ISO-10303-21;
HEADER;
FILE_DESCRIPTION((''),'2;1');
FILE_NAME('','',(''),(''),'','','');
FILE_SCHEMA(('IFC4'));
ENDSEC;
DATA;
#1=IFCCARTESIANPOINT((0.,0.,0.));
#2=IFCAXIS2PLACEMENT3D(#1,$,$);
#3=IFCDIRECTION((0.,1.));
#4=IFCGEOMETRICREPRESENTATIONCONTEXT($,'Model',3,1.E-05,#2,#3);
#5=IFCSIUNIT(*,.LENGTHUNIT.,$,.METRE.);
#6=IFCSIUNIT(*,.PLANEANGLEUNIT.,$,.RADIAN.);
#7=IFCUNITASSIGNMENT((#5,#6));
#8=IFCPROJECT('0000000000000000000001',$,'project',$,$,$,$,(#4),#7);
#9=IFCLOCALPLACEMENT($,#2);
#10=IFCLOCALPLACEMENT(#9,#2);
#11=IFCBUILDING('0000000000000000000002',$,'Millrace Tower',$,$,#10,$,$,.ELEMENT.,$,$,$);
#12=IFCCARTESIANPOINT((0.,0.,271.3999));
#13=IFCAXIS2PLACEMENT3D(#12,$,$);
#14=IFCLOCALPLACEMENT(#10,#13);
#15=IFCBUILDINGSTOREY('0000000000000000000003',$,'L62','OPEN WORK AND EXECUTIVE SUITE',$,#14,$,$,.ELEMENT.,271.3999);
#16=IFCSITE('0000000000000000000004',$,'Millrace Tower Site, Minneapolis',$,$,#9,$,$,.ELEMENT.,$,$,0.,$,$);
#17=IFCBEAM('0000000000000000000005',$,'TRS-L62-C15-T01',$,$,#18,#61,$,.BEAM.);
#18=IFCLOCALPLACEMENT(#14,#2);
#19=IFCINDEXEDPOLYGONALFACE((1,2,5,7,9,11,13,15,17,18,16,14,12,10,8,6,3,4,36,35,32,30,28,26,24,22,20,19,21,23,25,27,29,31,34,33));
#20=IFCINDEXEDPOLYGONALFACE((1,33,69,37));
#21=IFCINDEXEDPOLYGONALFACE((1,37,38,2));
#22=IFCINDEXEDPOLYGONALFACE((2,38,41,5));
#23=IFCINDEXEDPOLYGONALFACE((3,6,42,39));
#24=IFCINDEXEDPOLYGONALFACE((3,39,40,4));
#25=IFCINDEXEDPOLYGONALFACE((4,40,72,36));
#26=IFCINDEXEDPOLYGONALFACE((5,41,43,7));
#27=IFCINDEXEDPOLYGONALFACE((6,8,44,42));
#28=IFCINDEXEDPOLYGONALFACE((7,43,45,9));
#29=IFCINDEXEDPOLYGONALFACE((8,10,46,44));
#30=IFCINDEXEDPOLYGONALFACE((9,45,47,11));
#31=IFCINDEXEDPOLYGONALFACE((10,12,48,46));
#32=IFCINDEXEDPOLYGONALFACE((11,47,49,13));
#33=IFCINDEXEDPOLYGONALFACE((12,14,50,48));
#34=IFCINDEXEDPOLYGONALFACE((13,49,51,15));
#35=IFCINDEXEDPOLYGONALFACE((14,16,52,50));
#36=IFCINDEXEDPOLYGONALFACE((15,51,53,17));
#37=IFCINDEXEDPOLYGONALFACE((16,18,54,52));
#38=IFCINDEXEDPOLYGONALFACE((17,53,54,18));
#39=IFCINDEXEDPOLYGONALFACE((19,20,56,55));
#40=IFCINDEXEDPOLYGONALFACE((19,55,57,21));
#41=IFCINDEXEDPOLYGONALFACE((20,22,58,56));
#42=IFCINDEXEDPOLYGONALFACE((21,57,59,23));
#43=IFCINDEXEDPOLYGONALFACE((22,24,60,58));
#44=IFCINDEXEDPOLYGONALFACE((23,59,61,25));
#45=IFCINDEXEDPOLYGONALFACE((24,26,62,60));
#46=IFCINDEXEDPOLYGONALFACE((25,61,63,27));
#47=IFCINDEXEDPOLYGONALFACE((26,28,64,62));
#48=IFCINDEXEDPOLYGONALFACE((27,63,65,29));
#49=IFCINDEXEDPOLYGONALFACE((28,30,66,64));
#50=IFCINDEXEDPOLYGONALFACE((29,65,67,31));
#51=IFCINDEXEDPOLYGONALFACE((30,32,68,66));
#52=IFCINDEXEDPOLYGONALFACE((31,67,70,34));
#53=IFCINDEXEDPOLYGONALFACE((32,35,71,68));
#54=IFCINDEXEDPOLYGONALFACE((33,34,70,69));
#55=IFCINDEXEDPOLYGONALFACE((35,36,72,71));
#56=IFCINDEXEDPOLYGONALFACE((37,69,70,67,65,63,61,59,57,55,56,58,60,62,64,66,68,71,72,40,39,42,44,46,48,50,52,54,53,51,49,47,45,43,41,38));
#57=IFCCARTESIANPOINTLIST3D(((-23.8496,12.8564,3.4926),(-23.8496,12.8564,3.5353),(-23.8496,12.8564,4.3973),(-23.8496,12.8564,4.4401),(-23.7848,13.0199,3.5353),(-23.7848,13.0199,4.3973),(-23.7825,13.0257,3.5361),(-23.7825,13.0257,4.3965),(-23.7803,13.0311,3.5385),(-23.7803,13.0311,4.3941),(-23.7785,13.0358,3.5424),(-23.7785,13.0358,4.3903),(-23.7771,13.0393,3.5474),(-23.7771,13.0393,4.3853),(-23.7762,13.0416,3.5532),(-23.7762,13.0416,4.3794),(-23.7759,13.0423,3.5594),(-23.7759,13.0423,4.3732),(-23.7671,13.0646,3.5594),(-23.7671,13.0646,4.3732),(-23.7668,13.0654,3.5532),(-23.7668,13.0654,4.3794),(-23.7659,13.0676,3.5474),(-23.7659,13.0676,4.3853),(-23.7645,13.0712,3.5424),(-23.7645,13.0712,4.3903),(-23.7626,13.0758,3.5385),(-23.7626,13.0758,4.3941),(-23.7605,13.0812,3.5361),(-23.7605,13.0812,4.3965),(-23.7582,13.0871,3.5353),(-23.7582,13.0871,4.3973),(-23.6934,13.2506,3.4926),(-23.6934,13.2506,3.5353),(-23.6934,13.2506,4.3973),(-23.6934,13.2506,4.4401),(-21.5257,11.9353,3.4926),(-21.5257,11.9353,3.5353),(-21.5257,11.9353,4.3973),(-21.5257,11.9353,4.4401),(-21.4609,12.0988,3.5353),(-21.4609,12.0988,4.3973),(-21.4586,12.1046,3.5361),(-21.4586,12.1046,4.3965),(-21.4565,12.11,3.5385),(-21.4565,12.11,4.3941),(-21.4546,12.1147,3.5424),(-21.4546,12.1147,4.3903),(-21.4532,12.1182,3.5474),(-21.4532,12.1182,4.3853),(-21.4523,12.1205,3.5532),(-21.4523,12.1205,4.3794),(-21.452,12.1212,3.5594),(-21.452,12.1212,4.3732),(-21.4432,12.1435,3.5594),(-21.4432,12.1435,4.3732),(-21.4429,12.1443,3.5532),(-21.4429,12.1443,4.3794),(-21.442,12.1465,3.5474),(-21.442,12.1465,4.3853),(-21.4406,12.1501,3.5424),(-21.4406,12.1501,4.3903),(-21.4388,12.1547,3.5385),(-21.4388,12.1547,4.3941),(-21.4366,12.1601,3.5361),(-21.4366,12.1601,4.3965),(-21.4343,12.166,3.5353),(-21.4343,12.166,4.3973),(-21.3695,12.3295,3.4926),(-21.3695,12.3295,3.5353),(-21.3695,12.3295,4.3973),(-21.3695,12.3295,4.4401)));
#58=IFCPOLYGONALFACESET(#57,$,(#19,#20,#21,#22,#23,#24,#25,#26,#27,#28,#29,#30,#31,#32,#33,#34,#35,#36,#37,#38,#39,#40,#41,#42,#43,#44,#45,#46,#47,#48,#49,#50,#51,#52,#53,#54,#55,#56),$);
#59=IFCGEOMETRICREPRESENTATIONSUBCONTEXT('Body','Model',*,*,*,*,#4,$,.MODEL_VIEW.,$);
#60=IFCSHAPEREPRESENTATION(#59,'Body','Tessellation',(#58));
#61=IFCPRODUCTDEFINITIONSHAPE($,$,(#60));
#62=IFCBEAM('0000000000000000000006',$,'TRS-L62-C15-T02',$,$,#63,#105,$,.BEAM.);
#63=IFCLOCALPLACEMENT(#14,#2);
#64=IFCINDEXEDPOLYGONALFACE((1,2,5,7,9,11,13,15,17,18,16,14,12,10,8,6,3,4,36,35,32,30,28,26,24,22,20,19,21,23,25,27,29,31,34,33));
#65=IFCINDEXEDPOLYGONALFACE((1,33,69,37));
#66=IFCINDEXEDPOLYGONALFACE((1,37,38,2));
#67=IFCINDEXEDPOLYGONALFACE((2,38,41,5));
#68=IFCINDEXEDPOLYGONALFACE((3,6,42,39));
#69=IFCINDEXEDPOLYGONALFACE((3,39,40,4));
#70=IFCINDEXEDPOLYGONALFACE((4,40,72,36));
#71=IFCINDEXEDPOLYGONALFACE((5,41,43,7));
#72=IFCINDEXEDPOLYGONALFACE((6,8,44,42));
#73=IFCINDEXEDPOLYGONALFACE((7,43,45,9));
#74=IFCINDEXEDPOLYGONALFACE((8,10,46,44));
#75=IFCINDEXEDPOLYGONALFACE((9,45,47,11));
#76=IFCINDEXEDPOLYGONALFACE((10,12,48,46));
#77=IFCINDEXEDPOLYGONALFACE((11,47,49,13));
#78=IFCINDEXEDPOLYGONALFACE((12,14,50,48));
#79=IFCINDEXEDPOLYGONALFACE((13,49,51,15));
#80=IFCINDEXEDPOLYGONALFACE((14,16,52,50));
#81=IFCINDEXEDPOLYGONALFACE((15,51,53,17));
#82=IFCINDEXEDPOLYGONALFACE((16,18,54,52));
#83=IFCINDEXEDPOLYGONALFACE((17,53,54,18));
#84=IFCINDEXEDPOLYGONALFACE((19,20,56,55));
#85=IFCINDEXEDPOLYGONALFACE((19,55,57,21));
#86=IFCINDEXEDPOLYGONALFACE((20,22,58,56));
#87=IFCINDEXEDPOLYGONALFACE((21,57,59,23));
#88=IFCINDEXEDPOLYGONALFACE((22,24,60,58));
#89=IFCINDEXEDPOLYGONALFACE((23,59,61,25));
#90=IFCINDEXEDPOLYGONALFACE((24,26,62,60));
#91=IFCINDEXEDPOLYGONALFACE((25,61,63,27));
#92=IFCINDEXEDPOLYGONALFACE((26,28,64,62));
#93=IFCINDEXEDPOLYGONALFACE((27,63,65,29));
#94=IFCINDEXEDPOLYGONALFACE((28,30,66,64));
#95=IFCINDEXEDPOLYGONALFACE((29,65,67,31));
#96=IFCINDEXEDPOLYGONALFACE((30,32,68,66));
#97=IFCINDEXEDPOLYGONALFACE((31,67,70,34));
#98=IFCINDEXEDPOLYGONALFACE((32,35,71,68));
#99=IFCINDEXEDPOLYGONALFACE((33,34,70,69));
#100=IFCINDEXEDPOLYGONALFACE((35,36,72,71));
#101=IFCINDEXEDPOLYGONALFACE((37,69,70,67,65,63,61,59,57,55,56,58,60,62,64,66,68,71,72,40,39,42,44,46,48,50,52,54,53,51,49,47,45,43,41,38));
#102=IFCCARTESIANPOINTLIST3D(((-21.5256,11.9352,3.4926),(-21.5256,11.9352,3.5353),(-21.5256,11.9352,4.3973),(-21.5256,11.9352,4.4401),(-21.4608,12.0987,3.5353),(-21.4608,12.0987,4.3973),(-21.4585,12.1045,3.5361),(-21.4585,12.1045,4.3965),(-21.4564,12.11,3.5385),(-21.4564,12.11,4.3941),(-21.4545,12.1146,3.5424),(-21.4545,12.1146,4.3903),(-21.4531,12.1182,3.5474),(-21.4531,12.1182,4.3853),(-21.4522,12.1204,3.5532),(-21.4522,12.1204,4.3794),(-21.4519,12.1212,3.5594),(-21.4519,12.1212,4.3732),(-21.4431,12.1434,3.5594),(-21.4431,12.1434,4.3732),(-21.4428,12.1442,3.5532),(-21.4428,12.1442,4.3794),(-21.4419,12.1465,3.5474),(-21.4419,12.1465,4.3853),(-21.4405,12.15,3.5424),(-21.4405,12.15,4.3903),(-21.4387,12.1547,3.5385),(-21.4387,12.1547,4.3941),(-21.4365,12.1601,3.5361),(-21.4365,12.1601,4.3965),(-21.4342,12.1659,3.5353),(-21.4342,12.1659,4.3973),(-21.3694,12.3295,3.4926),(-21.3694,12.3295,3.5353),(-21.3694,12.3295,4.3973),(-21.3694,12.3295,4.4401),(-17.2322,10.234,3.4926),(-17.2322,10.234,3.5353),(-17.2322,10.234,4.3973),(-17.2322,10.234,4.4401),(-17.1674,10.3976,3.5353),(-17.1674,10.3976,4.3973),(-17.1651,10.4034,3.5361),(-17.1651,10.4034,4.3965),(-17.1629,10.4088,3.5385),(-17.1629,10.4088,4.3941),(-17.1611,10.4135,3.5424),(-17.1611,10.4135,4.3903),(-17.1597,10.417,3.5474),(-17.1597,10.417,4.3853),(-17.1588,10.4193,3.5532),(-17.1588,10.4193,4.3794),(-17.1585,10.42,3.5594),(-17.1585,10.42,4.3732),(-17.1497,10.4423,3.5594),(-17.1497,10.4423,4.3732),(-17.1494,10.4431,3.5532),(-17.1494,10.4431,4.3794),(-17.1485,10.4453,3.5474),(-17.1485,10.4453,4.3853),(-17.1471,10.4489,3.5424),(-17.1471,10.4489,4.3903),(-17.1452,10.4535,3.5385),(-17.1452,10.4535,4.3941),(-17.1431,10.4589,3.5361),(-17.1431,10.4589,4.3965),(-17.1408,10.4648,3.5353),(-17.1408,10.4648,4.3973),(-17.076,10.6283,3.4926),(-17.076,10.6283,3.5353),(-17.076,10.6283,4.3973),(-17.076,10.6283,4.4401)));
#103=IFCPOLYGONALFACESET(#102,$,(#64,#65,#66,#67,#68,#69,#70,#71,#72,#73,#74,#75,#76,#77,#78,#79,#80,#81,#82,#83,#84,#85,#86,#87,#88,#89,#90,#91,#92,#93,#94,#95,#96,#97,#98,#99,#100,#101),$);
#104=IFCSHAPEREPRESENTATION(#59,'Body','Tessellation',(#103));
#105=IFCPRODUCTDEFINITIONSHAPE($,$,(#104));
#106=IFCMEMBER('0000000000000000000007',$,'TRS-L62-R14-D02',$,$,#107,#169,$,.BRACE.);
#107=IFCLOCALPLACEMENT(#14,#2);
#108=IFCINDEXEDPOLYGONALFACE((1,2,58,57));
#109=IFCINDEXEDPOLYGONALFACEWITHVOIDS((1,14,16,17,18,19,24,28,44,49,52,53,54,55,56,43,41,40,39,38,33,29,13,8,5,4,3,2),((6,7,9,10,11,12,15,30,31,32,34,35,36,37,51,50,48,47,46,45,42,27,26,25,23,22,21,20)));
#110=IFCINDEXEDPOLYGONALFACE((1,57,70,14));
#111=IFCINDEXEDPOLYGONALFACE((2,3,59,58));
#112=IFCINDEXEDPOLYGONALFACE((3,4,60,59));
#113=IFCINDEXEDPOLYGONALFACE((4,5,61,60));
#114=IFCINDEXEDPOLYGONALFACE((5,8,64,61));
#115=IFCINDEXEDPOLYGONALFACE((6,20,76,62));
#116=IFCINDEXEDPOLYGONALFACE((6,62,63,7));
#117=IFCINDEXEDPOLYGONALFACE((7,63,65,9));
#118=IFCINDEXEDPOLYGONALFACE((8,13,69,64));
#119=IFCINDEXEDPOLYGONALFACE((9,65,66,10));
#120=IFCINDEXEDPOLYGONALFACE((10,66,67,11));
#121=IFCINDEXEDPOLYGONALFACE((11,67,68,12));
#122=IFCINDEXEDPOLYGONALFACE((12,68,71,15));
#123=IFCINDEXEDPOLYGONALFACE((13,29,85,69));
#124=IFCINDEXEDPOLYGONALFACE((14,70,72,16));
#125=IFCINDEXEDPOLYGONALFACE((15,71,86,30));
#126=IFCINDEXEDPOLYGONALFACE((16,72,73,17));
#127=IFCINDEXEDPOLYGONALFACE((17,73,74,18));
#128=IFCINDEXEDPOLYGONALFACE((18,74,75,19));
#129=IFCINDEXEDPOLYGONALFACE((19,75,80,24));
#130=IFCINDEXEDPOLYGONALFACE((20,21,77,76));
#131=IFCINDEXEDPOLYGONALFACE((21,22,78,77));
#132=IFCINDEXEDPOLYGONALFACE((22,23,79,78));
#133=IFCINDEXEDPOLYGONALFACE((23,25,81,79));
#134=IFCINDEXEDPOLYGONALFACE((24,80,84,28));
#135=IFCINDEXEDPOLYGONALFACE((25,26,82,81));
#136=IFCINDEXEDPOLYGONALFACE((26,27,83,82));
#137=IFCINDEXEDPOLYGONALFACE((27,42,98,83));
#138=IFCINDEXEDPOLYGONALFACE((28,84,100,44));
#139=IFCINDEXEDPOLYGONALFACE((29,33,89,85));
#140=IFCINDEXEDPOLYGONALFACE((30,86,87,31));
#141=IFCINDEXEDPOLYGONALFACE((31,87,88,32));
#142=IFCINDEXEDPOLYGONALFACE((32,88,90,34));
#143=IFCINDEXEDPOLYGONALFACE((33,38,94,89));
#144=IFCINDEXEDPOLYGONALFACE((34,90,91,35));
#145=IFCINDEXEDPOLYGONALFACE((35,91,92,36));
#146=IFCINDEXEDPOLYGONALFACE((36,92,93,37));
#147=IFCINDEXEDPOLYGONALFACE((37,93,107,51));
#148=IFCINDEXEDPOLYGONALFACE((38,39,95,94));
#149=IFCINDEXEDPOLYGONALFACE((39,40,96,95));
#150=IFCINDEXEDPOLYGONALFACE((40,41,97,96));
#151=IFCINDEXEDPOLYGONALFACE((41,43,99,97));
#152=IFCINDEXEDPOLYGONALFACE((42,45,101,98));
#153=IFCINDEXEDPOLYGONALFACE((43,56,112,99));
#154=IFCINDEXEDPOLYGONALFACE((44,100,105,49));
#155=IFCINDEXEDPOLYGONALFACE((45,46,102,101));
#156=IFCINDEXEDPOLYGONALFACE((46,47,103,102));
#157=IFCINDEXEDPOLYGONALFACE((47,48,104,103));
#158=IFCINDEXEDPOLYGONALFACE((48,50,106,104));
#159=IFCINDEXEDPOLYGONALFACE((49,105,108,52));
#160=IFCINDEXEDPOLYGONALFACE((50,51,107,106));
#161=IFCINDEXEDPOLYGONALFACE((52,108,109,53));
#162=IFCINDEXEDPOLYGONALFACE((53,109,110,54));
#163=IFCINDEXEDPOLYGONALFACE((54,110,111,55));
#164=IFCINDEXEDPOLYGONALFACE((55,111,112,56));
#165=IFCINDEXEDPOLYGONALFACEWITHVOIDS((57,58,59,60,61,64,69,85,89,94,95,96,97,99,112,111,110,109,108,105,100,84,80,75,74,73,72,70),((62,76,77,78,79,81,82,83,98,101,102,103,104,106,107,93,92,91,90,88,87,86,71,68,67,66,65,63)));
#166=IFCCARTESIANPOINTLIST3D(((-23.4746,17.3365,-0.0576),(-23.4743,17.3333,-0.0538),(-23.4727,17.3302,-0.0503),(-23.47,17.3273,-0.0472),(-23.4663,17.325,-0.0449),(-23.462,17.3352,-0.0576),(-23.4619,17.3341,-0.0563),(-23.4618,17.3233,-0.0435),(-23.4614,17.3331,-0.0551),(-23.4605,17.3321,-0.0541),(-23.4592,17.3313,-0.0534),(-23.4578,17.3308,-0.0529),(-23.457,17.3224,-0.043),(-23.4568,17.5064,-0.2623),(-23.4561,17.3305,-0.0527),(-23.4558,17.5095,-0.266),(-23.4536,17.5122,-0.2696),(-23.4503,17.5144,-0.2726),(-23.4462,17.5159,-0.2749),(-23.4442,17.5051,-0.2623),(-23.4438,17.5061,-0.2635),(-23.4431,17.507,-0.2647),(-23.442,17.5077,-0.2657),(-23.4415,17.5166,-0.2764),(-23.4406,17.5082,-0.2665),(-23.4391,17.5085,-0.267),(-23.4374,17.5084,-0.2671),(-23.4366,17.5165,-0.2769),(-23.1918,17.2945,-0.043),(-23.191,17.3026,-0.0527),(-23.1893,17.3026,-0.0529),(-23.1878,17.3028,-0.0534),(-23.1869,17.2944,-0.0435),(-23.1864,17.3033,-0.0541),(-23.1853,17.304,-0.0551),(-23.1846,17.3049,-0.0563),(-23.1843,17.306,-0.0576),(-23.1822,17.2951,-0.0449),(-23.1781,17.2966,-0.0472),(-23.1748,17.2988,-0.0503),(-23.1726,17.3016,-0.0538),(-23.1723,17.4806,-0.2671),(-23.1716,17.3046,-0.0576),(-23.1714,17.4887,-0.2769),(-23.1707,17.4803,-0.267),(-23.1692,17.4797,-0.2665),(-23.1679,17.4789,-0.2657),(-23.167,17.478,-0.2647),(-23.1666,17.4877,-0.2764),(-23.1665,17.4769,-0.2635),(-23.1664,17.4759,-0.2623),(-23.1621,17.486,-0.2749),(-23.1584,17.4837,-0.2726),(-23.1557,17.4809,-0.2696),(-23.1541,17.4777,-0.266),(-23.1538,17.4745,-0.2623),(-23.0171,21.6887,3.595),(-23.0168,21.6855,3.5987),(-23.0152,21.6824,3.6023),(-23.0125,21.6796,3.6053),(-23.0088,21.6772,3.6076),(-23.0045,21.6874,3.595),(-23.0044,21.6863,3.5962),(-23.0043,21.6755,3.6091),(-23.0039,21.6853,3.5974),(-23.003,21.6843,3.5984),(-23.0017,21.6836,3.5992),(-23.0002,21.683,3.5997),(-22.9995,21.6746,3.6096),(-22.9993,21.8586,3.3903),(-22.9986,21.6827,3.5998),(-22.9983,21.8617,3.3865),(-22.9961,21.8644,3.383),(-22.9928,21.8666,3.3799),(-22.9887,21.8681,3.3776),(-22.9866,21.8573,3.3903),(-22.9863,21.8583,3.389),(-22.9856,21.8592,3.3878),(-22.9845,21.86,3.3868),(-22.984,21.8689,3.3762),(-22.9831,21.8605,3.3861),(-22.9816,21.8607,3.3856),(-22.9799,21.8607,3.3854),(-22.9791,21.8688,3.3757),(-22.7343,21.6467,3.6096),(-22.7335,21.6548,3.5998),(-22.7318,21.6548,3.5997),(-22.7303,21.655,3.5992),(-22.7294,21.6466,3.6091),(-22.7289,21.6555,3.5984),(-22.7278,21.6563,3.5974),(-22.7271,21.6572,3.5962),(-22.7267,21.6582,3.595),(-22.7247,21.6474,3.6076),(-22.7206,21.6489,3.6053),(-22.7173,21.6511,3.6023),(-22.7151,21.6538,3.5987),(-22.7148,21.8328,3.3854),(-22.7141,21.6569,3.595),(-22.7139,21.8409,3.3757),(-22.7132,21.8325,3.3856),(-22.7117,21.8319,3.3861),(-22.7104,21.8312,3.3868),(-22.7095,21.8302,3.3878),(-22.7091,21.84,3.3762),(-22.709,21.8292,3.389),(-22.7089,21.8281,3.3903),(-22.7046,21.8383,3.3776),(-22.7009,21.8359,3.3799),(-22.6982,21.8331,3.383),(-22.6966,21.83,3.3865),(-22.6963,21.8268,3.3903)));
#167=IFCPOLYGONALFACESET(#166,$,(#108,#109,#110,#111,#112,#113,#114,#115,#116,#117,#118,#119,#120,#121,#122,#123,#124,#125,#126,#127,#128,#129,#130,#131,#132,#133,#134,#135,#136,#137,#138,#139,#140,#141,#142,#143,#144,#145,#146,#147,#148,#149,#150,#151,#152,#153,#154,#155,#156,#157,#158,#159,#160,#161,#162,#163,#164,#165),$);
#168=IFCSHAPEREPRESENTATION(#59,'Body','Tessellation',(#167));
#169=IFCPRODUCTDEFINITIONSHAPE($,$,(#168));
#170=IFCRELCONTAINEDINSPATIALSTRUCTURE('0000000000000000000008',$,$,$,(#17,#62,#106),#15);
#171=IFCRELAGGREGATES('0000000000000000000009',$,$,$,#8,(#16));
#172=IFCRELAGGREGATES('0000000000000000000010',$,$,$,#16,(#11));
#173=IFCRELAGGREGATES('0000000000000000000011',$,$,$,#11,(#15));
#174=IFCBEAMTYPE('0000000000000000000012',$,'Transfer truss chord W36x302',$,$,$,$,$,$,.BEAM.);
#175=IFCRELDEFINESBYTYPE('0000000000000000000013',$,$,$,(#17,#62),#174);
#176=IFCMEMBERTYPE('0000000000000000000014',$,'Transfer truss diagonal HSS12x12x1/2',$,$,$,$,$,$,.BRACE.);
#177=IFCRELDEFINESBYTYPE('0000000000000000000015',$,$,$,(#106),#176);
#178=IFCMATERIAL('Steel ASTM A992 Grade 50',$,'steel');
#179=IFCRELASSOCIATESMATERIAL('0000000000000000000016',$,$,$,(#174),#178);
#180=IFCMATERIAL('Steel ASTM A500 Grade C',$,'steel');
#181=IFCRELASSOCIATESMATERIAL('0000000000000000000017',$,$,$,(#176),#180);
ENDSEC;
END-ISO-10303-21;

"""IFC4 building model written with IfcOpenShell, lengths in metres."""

from ifc_helpers import new_model, si_unit, direction, frame, origin, origin_2d, place, context, subcontext, project, spatial, hollow_rectangle, i_section, extrude, material, material_profile, profile_set, type_object, element, save


model = new_model("IFC4")

# Units and contexts
model_context = context("Model", 3, precision=1e-05, world=origin(), true_north=direction((0.0, 1.0)))
body_context = subcontext(model_context, "Body", "Model", "MODEL_VIEW")
ifc_project = project(units=[si_unit("LENGTHUNIT", "METRE"), si_unit("PLANEANGLEUNIT", "RADIAN")], contexts=[model_context])

# Site, building, storey
site_placement = place(None, origin())
site = spatial("IfcSite", under=ifc_project, at=site_placement, Name="Millrace Tower Site, Minneapolis", CompositionType="ELEMENT", RefElevation=0.0)
building_placement = place(site_placement, origin())
building = spatial("IfcBuilding", under=site, at=building_placement, Name="Millrace Tower", CompositionType="ELEMENT")
storey_placement = place(building_placement, frame((0.0, 0.0, 271.3999)))
storey = spatial("IfcBuildingStorey", under=building, at=storey_placement, Name="L62", Description="OPEN WORK AND EXECUTIVE SUITE", CompositionType="ELEMENT", Elevation=271.3999)

# Beams
ifc_material_1 = material(Name="Steel ASTM A992 Grade 50", Category="steel")
ifc_material_profile_1 = material_profile(ifc_material_1, i_section(OverallWidth=0.4241, OverallDepth=0.9475, WebThickness=0.0239, FlangeThickness=0.0427, FilletRadius=0.0242, at=origin_2d()))
ifc_profile_set_1 = profile_set([ifc_material_profile_1], Name="Steel ASTM A992 Grade 50")
beam_type_1 = type_object("IfcBeamType", Name="Transfer truss chord W36x302", PredefinedType="BEAM", material=ifc_profile_set_1)
for number, where, z_axis, x_axis, name in (
    (1, (-23.7715, 13.0535, 3.9663), (0.929637, -0.368476, 0.0), (0.368476, 0.929637, 0.0), "TRS-L62-C15-T01"),
):
    element("IfcBeam", number, at=place(storey_placement, frame(where, z_axis=z_axis, x_axis=x_axis)), inside=storey, type_object=beam_type_1, Name=name, PredefinedType="BEAM", context=body_context, shape_type="SweptSolid", body=[
        extrude(i_section(OverallWidth=0.4241, OverallDepth=0.9475, WebThickness=0.0239, FlangeThickness=0.0427, FilletRadius=0.0242, at=origin_2d()), origin(), (0.0, 0.0, 1.0), 2.4998),
    ])
beam_1_placement = place(storey_placement, frame((-21.4475, 12.1323, 3.9663), z_axis=(0.929682, -0.368363, 0.0), x_axis=(0.368363, 0.929682, 0.0)))
element("IfcBeam", 2, at=beam_1_placement, inside=storey, type_object=beam_type_1, Name="TRS-L62-C15-T02", PredefinedType="BEAM", context=body_context, shape_type="SweptSolid", body=[
    extrude(i_section(OverallWidth=0.4241, OverallDepth=0.9475, WebThickness=0.0239, FlangeThickness=0.0427, FilletRadius=0.0242, at=origin_2d()), origin(), (0.0, 0.0, 1.0), 4.6182),
])

# Member
ifc_material_2 = material(Name="Steel ASTM A500 Grade C", Category="steel")
ifc_material_profile_2 = material_profile(ifc_material_2, hollow_rectangle(XDim=0.3047, YDim=0.3047, WallThickness=0.0127, InnerFilletRadius=0.0063, OuterFilletRadius=0.019, at=origin_2d()))
ifc_profile_set_2 = profile_set([ifc_material_profile_2], Name="Steel ASTM A500 Grade C")
member_type_1 = type_object("IfcMemberType", Name="Transfer truss diagonal HSS12x12x1/2", PredefinedType="BRACE", material=ifc_profile_set_2)
member_1_placement = place(storey_placement, frame((-23.3142, 17.4055, -0.1599), z_axis=(0.080263, 0.763523, 0.640773), x_axis=(-0.99452, 0.104545, 0.0)))
element("IfcMember", 3, at=member_1_placement, inside=storey, type_object=member_type_1, Name="TRS-L62-R14-D02", PredefinedType="BRACE", context=body_context, shape_type="SweptSolid", body=[
    extrude(hollow_rectangle(XDim=0.3047, YDim=0.3047, WallThickness=0.0127, InnerFilletRadius=0.0063, OuterFilletRadius=0.019, at=origin_2d()), origin(), (0.0, 0.0, 1.0), 5.7002),
])

save(model, "model.ifc")
